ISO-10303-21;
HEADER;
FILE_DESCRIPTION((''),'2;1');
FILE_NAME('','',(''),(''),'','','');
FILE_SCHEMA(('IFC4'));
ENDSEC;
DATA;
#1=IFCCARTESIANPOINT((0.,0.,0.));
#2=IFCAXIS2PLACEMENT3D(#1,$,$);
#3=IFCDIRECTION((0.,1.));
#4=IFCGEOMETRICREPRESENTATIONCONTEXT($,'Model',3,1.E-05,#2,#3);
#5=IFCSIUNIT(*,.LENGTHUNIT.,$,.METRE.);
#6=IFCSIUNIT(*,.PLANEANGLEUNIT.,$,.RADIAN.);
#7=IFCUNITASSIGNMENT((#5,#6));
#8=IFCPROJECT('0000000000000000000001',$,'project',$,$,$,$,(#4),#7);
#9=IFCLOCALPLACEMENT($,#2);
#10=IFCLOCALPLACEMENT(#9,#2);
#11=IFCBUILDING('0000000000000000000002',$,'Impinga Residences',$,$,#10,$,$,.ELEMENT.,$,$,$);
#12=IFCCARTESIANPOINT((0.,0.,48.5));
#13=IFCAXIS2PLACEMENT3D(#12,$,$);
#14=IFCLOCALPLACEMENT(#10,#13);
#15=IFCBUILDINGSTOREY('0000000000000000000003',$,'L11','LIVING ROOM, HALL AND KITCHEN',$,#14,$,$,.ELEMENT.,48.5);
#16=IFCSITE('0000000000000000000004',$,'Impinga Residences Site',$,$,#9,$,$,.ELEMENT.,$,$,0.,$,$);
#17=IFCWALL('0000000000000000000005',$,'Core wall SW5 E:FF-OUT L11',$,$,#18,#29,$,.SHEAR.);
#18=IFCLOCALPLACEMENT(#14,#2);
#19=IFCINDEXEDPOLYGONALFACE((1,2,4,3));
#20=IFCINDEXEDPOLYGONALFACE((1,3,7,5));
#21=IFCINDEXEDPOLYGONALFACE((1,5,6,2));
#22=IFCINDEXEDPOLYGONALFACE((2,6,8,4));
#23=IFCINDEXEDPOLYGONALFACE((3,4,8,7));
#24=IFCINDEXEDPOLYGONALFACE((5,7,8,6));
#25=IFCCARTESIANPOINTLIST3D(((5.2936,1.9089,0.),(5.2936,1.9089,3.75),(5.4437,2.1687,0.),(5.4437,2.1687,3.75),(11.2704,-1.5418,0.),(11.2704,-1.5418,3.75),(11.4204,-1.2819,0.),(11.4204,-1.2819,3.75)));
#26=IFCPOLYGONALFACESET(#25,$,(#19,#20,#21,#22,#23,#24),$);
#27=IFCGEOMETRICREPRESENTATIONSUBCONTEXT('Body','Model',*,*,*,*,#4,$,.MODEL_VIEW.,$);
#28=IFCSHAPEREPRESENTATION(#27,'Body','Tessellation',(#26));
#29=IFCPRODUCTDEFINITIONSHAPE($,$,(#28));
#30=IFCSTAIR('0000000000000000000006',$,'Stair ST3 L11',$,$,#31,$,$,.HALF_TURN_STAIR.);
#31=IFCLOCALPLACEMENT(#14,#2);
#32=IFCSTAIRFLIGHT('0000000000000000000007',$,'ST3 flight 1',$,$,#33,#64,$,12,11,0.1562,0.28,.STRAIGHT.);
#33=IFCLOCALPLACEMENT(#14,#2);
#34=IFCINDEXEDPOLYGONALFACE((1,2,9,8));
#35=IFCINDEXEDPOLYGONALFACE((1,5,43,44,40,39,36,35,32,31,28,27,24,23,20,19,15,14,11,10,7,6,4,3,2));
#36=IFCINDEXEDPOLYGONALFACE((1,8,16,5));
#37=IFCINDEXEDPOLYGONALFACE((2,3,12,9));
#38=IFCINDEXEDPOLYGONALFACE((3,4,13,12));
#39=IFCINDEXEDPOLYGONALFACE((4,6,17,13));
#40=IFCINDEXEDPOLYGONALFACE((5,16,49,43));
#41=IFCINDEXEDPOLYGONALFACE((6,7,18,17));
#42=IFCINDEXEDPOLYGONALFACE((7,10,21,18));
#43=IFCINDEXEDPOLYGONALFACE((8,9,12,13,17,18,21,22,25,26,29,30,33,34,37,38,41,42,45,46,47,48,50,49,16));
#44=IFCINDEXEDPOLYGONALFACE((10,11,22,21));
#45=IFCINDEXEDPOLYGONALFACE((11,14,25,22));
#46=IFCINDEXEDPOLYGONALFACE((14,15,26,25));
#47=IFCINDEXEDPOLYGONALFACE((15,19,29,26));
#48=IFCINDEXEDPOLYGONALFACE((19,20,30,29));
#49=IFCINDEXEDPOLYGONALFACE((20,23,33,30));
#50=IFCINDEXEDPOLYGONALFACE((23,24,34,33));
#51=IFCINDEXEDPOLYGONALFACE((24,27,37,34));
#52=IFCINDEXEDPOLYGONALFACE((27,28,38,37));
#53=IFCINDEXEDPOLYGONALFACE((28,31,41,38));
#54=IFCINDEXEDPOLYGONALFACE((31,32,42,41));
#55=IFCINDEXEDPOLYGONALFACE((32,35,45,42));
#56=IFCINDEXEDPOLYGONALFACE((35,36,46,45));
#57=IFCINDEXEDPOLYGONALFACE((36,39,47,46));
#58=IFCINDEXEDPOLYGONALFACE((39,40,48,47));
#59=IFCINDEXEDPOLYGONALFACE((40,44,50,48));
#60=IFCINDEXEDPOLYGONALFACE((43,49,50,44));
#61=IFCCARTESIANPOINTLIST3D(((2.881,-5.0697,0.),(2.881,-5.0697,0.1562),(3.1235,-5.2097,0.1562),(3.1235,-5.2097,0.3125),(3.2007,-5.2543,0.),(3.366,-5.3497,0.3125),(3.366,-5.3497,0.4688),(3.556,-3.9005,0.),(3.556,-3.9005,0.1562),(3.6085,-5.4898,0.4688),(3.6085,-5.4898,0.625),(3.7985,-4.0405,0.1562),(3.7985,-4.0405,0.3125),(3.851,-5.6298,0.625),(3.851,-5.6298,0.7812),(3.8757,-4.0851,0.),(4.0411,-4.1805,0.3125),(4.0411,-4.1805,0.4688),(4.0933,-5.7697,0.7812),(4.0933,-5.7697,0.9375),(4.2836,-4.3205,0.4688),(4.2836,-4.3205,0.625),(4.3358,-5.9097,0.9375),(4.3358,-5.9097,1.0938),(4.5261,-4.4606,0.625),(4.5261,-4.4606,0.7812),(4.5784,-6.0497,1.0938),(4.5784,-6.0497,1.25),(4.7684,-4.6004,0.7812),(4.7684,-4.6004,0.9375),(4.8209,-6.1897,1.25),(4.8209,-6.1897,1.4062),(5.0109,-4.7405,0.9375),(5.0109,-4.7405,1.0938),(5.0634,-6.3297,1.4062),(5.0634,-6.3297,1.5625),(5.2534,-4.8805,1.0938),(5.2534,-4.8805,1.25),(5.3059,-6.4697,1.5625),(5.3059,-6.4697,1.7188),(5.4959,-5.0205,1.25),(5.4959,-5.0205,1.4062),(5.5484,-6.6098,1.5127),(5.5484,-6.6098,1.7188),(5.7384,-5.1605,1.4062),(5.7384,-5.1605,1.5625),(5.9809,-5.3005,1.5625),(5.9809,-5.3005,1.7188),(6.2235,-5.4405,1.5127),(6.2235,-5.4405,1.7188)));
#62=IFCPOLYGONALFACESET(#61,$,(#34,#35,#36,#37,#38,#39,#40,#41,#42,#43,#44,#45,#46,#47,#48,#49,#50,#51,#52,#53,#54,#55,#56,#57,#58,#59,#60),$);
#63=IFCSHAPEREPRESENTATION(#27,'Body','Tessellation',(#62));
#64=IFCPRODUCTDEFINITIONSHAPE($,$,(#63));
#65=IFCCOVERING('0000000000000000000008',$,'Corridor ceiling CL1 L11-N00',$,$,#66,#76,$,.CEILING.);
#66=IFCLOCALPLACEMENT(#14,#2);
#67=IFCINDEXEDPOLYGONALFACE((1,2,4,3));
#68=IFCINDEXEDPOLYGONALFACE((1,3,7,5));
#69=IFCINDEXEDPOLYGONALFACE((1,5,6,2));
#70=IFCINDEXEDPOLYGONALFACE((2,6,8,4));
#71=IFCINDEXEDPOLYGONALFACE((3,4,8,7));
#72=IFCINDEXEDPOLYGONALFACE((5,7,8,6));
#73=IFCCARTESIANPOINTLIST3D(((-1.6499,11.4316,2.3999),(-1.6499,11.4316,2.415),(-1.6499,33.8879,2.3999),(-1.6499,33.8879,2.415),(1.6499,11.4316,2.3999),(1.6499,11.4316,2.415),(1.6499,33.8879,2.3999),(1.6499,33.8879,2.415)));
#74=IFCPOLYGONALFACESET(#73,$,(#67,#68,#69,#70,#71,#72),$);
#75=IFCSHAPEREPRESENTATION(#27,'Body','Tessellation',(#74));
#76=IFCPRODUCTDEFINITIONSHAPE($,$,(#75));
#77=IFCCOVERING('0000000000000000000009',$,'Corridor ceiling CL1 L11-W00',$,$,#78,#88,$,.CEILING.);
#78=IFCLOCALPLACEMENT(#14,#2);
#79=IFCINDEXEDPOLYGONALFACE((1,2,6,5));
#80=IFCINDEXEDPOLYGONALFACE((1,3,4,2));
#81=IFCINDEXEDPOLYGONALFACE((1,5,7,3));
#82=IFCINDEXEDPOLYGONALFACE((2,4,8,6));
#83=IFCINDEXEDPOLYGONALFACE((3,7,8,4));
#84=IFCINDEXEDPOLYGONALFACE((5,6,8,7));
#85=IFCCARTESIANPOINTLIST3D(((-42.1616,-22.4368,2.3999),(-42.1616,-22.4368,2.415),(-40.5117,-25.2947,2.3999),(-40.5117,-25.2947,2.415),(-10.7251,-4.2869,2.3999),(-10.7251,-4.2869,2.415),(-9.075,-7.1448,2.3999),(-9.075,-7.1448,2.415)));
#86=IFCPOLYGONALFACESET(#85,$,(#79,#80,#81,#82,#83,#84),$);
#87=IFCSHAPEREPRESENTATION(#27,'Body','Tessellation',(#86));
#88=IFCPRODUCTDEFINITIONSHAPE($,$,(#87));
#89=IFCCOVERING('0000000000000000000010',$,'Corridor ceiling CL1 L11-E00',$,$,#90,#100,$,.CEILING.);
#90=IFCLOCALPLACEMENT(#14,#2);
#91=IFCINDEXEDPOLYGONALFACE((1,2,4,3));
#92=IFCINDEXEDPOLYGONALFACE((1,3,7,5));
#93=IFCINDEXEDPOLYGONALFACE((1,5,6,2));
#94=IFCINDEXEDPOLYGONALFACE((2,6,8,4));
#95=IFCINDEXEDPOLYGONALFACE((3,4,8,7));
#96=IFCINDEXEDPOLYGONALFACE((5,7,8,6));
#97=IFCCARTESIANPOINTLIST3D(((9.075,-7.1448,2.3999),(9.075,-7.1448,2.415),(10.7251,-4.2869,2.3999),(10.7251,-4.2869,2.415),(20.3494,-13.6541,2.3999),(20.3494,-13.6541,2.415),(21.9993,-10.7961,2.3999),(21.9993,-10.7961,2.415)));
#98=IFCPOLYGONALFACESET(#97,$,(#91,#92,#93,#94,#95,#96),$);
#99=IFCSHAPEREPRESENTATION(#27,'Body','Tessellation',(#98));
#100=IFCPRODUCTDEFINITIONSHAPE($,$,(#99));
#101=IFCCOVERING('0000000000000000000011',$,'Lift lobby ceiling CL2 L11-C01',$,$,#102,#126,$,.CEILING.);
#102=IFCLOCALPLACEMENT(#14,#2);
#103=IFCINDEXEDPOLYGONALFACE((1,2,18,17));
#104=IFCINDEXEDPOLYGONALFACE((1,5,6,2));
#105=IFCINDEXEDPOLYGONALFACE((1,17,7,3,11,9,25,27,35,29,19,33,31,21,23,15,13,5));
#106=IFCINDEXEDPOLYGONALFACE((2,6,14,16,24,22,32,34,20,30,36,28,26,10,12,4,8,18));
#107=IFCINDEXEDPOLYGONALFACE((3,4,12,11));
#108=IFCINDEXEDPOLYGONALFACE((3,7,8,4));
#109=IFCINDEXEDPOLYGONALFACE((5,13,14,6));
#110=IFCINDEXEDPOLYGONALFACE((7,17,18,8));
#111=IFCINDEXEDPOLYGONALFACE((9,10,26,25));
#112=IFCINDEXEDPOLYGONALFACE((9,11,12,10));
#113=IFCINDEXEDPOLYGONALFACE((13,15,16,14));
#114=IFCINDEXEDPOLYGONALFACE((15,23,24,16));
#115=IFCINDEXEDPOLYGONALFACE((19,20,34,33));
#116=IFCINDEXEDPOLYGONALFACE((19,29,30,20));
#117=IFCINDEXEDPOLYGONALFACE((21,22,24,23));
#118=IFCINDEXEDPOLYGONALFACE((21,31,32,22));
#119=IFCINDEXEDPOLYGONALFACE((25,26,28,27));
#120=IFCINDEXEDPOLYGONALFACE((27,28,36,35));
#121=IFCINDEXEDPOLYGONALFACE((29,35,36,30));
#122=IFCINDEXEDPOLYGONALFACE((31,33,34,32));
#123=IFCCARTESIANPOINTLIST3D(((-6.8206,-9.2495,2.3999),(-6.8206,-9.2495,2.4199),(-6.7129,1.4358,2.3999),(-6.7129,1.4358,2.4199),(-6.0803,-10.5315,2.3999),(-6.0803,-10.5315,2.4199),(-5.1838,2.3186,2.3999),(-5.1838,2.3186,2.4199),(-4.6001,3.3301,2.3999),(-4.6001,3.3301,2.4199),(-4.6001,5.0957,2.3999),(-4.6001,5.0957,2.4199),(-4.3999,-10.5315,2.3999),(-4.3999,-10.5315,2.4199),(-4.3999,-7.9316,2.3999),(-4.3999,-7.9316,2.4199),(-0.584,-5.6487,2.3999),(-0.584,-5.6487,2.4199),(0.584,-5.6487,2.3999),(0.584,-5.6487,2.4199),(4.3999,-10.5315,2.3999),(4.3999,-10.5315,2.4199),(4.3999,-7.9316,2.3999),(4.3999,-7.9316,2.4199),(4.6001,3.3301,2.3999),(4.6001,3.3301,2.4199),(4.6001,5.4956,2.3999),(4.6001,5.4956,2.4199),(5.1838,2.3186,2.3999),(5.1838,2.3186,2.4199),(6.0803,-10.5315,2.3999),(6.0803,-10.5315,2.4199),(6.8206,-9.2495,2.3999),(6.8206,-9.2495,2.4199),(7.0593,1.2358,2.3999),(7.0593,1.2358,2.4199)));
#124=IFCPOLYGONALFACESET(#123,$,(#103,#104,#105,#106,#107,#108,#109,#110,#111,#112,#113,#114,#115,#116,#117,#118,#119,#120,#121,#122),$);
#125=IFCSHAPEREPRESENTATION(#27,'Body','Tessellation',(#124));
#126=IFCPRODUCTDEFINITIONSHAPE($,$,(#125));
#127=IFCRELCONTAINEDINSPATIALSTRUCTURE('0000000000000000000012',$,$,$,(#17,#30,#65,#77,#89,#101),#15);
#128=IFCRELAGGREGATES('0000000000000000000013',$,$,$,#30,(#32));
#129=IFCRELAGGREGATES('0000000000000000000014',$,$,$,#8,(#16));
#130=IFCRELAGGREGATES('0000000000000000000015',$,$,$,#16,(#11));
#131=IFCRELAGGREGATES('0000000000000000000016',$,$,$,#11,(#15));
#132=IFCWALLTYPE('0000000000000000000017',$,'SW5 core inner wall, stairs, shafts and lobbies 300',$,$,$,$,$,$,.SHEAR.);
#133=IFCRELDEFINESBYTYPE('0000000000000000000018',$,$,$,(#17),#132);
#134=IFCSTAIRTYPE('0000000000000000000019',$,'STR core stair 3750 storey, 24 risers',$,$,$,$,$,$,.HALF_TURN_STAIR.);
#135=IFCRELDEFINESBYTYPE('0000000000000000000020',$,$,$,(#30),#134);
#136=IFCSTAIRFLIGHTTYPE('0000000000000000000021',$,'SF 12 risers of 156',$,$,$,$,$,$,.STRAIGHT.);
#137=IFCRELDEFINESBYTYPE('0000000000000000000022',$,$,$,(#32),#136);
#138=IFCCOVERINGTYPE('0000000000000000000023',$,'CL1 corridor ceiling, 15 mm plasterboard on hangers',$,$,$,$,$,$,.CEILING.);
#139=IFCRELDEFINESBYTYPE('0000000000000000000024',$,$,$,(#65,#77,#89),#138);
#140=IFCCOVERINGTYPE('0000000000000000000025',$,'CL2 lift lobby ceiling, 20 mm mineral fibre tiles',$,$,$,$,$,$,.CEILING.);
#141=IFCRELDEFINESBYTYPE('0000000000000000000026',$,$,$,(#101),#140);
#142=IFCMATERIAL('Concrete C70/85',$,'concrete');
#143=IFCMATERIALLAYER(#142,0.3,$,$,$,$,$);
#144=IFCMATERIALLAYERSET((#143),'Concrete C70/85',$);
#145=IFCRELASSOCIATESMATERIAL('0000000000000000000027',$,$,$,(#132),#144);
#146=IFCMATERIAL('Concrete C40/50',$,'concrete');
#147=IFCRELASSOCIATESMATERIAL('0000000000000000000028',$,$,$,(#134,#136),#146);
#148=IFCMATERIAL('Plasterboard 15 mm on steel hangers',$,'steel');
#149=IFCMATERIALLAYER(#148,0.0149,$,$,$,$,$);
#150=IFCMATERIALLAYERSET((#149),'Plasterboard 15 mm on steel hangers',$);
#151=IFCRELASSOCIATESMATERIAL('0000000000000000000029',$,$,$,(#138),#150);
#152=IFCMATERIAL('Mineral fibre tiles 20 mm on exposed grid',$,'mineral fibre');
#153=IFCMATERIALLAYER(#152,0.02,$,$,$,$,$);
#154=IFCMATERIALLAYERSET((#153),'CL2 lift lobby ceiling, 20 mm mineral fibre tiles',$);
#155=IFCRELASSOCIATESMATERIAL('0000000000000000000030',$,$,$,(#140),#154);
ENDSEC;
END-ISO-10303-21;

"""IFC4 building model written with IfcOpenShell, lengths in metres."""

from ifc_helpers import new_model, si_unit, direction, frame, frame_2d, origin, place, context, subcontext, project, spatial, polyline, rectangle, outline, extrude, material, layer, layer_set, type_object, element, aggregate, save


model = new_model("IFC4")

# Units and contexts
model_context = context("Model", 3, precision=1e-05, world=origin(), true_north=direction((0.0, 1.0)))
body_context = subcontext(model_context, "Body", "Model", "MODEL_VIEW")
ifc_project = project(units=[si_unit("LENGTHUNIT", "METRE"), si_unit("PLANEANGLEUNIT", "RADIAN")], contexts=[model_context])

# Site, building, storey
site_placement = place(None, origin())
site = spatial("IfcSite", under=ifc_project, at=site_placement, Name="Impinga Residences Site", CompositionType="ELEMENT", RefElevation=0.0)
building_placement = place(site_placement, origin())
building = spatial("IfcBuilding", under=site, at=building_placement, Name="Impinga Residences", CompositionType="ELEMENT")
storey_placement = place(building_placement, frame((0.0, 0.0, 48.5)))
storey = spatial("IfcBuildingStorey", under=building, at=storey_placement, Name="L11", Description="LIVING ROOM, HALL AND KITCHEN", CompositionType="ELEMENT", Elevation=48.5)

# Shared definitions
ifc_material_1 = material(Name="Concrete C40/50", Category="concrete")

# Shared definitions
ifc_material_2 = material(Name="Concrete C70/85", Category="concrete")
ifc_layer_1 = layer(ifc_material_2, 0.3)
ifc_layer_set_1 = layer_set([ifc_layer_1], Name="Concrete C70/85")
wall_type = type_object("IfcWallType", Name="SW5 core inner wall, stairs, shafts and lobbies 300", PredefinedType="SHEAR", material=ifc_layer_set_1)

# Wall
wall_1_placement = place(storey_placement, frame((5.3687, 2.0388, 0.0), z_axis=(0.0, 0.0, 1.0), x_axis=(0.866027, -0.499997, 0.0)))
element("IfcWall", 1, at=wall_1_placement, inside=storey, type_object=wall_type, Name="Core wall SW5 E:FF-OUT L11", PredefinedType="SHEAR", context=body_context, shape_type="SweptSolid", body=[
    extrude(rectangle(XDim=6.9014, YDim=0.3, at=frame_2d((3.4507, 0.0))), origin(), (0.0, 0.0, 1.0), 3.75),
])

# Stair, stair flight
stair_type_1 = type_object("IfcStairType", Name="STR core stair 3750 storey, 24 risers", PredefinedType="HALF_TURN_STAIR", material=ifc_material_1)
stair_1_placement = place(storey_placement, origin())
stair_1 = element("IfcStair", 2, at=stair_1_placement, inside=storey, type_object=stair_type_1, Name="Stair ST3 L11", PredefinedType="HALF_TURN_STAIR")
stair_flight_type = type_object("IfcStairFlightType", Name="SF 12 risers of 156", PredefinedType="STRAIGHT", material=ifc_material_1)
stair_flight_placement = place(storey_placement, frame((3.2185, -4.4851, 0.0), z_axis=(0.0, 0.0, 1.0), x_axis=(0.866025, -0.5, 0.0)))
stair_flight = element("IfcStairFlight", 3, at=stair_flight_placement, type_object=stair_flight_type, Name="ST3 flight 1", NumberOfRisers=12, NumberOfTreads=11, PredefinedType="STRAIGHT", RiserHeight=0.1562, TreadLength=0.28, context=body_context, shape_type="SweptSolid", body=[
    extrude(outline(polyline([(0.0, 0.0), (0.0, 0.1562), (0.28, 0.1562), (0.28, 0.3125), (0.5601, 0.3125), (0.5601, 0.4688), (0.8401, 0.4688), (0.8401, 0.625), (1.1201, 0.625), (1.1201, 0.7812), (1.3999, 0.7812), (1.3999, 0.9375), (1.6799, 0.9375), (1.6799, 1.0938), (1.96, 1.0938), (1.96, 1.25), (2.24, 1.25), (2.24, 1.4062), (2.52, 1.4062), (2.52, 1.5625), (2.8, 1.5625), (2.8, 1.7188), (3.0801, 1.7188), (3.0801, 1.875), (3.0801, 1.5127), (0.3691, 0.0), (0.0, 0.0)])), frame((0.0, 0.675, 0.0), z_axis=(0.0, -1.0, 0.0), x_axis=(1.0, 0.0, 0.0)), (0.0, 0.0, 1.0), 1.3501),
])
aggregate(stair_1, [stair_flight])

# Coverings
ifc_material_3 = material(Name="Plasterboard 15 mm on steel hangers", Category="steel")
ifc_layer_2 = layer(ifc_material_3, 0.0149)
ifc_layer_set_2 = layer_set([ifc_layer_2], Name="Plasterboard 15 mm on steel hangers")
covering_type_1 = type_object("IfcCoveringType", Name="CL1 corridor ceiling, 15 mm plasterboard on hangers", PredefinedType="CEILING", material=ifc_layer_set_2)
covering_1_placement = place(storey_placement, frame((0.0, 0.0, 2.3999)))
element("IfcCovering", 4, at=covering_1_placement, inside=storey, type_object=covering_type_1, Name="Corridor ceiling CL1 L11-N00", PredefinedType="CEILING", context=body_context, shape_type="SweptSolid", body=[
    extrude(outline(polyline([(1.6499, 11.4316), (-1.6499, 11.4316), (-1.6499, 33.8879), (1.6499, 33.8879), (1.6499, 11.4316)])), origin(), (0.0, 0.0, 1.0), 0.0151),
])
covering_2_placement = place(storey_placement, frame((0.0, 0.0, 2.3999)))
element("IfcCovering", 5, at=covering_2_placement, inside=storey, type_object=covering_type_1, Name="Corridor ceiling CL1 L11-W00", PredefinedType="CEILING", context=body_context, shape_type="SweptSolid", body=[
    extrude(outline(polyline([(-9.075, -7.1448), (-10.7251, -4.2869), (-42.1616, -22.4368), (-40.5117, -25.2947), (-9.075, -7.1448)])), origin(), (0.0, 0.0, 1.0), 0.0151),
])
covering_3_placement = place(storey_placement, frame((0.0, 0.0, 2.3999)))
element("IfcCovering", 6, at=covering_3_placement, inside=storey, type_object=covering_type_1, Name="Corridor ceiling CL1 L11-E00", PredefinedType="CEILING", context=body_context, shape_type="SweptSolid", body=[
    extrude(outline(polyline([(9.075, -7.1448), (10.7251, -4.2869), (21.9993, -10.7961), (20.3494, -13.6541), (9.075, -7.1448)])), origin(), (0.0, 0.0, 1.0), 0.0151),
])
ifc_material_4 = material(Name="Mineral fibre tiles 20 mm on exposed grid", Category="mineral fibre")
ifc_layer_3 = layer(ifc_material_4, 0.02)
ifc_layer_set_3 = layer_set([ifc_layer_3], Name="CL2 lift lobby ceiling, 20 mm mineral fibre tiles")
covering_type_2 = type_object("IfcCoveringType", Name="CL2 lift lobby ceiling, 20 mm mineral fibre tiles", PredefinedType="CEILING", material=ifc_layer_set_3)
covering_4_placement = place(storey_placement, frame((0.0, 0.0, 2.3999)))
element("IfcCovering", 7, at=covering_4_placement, inside=storey, type_object=covering_type_2, Name="Lift lobby ceiling CL2 L11-C01", PredefinedType="CEILING", context=body_context, shape_type="SweptSolid", body=[
    extrude(outline(polyline([(6.0803, -10.5315), (4.3999, -10.5315), (4.3999, -7.9316), (-4.3999, -7.9316), (-4.3999, -10.5315), (-6.0803, -10.5315), (-6.8206, -9.2495), (-0.584, -5.6487), (-5.1838, 2.3186), (-6.7129, 1.4358), (-4.6001, 5.0957), (-4.6001, 3.3301), (4.6001, 3.3301), (4.6001, 5.4956), (7.0593, 1.2358), (5.1838, 2.3186), (0.584, -5.6487), (6.8206, -9.2495), (6.0803, -10.5315)])), origin(), (0.0, 0.0, 1.0), 0.02),
])

save(model, "model.ifc")
